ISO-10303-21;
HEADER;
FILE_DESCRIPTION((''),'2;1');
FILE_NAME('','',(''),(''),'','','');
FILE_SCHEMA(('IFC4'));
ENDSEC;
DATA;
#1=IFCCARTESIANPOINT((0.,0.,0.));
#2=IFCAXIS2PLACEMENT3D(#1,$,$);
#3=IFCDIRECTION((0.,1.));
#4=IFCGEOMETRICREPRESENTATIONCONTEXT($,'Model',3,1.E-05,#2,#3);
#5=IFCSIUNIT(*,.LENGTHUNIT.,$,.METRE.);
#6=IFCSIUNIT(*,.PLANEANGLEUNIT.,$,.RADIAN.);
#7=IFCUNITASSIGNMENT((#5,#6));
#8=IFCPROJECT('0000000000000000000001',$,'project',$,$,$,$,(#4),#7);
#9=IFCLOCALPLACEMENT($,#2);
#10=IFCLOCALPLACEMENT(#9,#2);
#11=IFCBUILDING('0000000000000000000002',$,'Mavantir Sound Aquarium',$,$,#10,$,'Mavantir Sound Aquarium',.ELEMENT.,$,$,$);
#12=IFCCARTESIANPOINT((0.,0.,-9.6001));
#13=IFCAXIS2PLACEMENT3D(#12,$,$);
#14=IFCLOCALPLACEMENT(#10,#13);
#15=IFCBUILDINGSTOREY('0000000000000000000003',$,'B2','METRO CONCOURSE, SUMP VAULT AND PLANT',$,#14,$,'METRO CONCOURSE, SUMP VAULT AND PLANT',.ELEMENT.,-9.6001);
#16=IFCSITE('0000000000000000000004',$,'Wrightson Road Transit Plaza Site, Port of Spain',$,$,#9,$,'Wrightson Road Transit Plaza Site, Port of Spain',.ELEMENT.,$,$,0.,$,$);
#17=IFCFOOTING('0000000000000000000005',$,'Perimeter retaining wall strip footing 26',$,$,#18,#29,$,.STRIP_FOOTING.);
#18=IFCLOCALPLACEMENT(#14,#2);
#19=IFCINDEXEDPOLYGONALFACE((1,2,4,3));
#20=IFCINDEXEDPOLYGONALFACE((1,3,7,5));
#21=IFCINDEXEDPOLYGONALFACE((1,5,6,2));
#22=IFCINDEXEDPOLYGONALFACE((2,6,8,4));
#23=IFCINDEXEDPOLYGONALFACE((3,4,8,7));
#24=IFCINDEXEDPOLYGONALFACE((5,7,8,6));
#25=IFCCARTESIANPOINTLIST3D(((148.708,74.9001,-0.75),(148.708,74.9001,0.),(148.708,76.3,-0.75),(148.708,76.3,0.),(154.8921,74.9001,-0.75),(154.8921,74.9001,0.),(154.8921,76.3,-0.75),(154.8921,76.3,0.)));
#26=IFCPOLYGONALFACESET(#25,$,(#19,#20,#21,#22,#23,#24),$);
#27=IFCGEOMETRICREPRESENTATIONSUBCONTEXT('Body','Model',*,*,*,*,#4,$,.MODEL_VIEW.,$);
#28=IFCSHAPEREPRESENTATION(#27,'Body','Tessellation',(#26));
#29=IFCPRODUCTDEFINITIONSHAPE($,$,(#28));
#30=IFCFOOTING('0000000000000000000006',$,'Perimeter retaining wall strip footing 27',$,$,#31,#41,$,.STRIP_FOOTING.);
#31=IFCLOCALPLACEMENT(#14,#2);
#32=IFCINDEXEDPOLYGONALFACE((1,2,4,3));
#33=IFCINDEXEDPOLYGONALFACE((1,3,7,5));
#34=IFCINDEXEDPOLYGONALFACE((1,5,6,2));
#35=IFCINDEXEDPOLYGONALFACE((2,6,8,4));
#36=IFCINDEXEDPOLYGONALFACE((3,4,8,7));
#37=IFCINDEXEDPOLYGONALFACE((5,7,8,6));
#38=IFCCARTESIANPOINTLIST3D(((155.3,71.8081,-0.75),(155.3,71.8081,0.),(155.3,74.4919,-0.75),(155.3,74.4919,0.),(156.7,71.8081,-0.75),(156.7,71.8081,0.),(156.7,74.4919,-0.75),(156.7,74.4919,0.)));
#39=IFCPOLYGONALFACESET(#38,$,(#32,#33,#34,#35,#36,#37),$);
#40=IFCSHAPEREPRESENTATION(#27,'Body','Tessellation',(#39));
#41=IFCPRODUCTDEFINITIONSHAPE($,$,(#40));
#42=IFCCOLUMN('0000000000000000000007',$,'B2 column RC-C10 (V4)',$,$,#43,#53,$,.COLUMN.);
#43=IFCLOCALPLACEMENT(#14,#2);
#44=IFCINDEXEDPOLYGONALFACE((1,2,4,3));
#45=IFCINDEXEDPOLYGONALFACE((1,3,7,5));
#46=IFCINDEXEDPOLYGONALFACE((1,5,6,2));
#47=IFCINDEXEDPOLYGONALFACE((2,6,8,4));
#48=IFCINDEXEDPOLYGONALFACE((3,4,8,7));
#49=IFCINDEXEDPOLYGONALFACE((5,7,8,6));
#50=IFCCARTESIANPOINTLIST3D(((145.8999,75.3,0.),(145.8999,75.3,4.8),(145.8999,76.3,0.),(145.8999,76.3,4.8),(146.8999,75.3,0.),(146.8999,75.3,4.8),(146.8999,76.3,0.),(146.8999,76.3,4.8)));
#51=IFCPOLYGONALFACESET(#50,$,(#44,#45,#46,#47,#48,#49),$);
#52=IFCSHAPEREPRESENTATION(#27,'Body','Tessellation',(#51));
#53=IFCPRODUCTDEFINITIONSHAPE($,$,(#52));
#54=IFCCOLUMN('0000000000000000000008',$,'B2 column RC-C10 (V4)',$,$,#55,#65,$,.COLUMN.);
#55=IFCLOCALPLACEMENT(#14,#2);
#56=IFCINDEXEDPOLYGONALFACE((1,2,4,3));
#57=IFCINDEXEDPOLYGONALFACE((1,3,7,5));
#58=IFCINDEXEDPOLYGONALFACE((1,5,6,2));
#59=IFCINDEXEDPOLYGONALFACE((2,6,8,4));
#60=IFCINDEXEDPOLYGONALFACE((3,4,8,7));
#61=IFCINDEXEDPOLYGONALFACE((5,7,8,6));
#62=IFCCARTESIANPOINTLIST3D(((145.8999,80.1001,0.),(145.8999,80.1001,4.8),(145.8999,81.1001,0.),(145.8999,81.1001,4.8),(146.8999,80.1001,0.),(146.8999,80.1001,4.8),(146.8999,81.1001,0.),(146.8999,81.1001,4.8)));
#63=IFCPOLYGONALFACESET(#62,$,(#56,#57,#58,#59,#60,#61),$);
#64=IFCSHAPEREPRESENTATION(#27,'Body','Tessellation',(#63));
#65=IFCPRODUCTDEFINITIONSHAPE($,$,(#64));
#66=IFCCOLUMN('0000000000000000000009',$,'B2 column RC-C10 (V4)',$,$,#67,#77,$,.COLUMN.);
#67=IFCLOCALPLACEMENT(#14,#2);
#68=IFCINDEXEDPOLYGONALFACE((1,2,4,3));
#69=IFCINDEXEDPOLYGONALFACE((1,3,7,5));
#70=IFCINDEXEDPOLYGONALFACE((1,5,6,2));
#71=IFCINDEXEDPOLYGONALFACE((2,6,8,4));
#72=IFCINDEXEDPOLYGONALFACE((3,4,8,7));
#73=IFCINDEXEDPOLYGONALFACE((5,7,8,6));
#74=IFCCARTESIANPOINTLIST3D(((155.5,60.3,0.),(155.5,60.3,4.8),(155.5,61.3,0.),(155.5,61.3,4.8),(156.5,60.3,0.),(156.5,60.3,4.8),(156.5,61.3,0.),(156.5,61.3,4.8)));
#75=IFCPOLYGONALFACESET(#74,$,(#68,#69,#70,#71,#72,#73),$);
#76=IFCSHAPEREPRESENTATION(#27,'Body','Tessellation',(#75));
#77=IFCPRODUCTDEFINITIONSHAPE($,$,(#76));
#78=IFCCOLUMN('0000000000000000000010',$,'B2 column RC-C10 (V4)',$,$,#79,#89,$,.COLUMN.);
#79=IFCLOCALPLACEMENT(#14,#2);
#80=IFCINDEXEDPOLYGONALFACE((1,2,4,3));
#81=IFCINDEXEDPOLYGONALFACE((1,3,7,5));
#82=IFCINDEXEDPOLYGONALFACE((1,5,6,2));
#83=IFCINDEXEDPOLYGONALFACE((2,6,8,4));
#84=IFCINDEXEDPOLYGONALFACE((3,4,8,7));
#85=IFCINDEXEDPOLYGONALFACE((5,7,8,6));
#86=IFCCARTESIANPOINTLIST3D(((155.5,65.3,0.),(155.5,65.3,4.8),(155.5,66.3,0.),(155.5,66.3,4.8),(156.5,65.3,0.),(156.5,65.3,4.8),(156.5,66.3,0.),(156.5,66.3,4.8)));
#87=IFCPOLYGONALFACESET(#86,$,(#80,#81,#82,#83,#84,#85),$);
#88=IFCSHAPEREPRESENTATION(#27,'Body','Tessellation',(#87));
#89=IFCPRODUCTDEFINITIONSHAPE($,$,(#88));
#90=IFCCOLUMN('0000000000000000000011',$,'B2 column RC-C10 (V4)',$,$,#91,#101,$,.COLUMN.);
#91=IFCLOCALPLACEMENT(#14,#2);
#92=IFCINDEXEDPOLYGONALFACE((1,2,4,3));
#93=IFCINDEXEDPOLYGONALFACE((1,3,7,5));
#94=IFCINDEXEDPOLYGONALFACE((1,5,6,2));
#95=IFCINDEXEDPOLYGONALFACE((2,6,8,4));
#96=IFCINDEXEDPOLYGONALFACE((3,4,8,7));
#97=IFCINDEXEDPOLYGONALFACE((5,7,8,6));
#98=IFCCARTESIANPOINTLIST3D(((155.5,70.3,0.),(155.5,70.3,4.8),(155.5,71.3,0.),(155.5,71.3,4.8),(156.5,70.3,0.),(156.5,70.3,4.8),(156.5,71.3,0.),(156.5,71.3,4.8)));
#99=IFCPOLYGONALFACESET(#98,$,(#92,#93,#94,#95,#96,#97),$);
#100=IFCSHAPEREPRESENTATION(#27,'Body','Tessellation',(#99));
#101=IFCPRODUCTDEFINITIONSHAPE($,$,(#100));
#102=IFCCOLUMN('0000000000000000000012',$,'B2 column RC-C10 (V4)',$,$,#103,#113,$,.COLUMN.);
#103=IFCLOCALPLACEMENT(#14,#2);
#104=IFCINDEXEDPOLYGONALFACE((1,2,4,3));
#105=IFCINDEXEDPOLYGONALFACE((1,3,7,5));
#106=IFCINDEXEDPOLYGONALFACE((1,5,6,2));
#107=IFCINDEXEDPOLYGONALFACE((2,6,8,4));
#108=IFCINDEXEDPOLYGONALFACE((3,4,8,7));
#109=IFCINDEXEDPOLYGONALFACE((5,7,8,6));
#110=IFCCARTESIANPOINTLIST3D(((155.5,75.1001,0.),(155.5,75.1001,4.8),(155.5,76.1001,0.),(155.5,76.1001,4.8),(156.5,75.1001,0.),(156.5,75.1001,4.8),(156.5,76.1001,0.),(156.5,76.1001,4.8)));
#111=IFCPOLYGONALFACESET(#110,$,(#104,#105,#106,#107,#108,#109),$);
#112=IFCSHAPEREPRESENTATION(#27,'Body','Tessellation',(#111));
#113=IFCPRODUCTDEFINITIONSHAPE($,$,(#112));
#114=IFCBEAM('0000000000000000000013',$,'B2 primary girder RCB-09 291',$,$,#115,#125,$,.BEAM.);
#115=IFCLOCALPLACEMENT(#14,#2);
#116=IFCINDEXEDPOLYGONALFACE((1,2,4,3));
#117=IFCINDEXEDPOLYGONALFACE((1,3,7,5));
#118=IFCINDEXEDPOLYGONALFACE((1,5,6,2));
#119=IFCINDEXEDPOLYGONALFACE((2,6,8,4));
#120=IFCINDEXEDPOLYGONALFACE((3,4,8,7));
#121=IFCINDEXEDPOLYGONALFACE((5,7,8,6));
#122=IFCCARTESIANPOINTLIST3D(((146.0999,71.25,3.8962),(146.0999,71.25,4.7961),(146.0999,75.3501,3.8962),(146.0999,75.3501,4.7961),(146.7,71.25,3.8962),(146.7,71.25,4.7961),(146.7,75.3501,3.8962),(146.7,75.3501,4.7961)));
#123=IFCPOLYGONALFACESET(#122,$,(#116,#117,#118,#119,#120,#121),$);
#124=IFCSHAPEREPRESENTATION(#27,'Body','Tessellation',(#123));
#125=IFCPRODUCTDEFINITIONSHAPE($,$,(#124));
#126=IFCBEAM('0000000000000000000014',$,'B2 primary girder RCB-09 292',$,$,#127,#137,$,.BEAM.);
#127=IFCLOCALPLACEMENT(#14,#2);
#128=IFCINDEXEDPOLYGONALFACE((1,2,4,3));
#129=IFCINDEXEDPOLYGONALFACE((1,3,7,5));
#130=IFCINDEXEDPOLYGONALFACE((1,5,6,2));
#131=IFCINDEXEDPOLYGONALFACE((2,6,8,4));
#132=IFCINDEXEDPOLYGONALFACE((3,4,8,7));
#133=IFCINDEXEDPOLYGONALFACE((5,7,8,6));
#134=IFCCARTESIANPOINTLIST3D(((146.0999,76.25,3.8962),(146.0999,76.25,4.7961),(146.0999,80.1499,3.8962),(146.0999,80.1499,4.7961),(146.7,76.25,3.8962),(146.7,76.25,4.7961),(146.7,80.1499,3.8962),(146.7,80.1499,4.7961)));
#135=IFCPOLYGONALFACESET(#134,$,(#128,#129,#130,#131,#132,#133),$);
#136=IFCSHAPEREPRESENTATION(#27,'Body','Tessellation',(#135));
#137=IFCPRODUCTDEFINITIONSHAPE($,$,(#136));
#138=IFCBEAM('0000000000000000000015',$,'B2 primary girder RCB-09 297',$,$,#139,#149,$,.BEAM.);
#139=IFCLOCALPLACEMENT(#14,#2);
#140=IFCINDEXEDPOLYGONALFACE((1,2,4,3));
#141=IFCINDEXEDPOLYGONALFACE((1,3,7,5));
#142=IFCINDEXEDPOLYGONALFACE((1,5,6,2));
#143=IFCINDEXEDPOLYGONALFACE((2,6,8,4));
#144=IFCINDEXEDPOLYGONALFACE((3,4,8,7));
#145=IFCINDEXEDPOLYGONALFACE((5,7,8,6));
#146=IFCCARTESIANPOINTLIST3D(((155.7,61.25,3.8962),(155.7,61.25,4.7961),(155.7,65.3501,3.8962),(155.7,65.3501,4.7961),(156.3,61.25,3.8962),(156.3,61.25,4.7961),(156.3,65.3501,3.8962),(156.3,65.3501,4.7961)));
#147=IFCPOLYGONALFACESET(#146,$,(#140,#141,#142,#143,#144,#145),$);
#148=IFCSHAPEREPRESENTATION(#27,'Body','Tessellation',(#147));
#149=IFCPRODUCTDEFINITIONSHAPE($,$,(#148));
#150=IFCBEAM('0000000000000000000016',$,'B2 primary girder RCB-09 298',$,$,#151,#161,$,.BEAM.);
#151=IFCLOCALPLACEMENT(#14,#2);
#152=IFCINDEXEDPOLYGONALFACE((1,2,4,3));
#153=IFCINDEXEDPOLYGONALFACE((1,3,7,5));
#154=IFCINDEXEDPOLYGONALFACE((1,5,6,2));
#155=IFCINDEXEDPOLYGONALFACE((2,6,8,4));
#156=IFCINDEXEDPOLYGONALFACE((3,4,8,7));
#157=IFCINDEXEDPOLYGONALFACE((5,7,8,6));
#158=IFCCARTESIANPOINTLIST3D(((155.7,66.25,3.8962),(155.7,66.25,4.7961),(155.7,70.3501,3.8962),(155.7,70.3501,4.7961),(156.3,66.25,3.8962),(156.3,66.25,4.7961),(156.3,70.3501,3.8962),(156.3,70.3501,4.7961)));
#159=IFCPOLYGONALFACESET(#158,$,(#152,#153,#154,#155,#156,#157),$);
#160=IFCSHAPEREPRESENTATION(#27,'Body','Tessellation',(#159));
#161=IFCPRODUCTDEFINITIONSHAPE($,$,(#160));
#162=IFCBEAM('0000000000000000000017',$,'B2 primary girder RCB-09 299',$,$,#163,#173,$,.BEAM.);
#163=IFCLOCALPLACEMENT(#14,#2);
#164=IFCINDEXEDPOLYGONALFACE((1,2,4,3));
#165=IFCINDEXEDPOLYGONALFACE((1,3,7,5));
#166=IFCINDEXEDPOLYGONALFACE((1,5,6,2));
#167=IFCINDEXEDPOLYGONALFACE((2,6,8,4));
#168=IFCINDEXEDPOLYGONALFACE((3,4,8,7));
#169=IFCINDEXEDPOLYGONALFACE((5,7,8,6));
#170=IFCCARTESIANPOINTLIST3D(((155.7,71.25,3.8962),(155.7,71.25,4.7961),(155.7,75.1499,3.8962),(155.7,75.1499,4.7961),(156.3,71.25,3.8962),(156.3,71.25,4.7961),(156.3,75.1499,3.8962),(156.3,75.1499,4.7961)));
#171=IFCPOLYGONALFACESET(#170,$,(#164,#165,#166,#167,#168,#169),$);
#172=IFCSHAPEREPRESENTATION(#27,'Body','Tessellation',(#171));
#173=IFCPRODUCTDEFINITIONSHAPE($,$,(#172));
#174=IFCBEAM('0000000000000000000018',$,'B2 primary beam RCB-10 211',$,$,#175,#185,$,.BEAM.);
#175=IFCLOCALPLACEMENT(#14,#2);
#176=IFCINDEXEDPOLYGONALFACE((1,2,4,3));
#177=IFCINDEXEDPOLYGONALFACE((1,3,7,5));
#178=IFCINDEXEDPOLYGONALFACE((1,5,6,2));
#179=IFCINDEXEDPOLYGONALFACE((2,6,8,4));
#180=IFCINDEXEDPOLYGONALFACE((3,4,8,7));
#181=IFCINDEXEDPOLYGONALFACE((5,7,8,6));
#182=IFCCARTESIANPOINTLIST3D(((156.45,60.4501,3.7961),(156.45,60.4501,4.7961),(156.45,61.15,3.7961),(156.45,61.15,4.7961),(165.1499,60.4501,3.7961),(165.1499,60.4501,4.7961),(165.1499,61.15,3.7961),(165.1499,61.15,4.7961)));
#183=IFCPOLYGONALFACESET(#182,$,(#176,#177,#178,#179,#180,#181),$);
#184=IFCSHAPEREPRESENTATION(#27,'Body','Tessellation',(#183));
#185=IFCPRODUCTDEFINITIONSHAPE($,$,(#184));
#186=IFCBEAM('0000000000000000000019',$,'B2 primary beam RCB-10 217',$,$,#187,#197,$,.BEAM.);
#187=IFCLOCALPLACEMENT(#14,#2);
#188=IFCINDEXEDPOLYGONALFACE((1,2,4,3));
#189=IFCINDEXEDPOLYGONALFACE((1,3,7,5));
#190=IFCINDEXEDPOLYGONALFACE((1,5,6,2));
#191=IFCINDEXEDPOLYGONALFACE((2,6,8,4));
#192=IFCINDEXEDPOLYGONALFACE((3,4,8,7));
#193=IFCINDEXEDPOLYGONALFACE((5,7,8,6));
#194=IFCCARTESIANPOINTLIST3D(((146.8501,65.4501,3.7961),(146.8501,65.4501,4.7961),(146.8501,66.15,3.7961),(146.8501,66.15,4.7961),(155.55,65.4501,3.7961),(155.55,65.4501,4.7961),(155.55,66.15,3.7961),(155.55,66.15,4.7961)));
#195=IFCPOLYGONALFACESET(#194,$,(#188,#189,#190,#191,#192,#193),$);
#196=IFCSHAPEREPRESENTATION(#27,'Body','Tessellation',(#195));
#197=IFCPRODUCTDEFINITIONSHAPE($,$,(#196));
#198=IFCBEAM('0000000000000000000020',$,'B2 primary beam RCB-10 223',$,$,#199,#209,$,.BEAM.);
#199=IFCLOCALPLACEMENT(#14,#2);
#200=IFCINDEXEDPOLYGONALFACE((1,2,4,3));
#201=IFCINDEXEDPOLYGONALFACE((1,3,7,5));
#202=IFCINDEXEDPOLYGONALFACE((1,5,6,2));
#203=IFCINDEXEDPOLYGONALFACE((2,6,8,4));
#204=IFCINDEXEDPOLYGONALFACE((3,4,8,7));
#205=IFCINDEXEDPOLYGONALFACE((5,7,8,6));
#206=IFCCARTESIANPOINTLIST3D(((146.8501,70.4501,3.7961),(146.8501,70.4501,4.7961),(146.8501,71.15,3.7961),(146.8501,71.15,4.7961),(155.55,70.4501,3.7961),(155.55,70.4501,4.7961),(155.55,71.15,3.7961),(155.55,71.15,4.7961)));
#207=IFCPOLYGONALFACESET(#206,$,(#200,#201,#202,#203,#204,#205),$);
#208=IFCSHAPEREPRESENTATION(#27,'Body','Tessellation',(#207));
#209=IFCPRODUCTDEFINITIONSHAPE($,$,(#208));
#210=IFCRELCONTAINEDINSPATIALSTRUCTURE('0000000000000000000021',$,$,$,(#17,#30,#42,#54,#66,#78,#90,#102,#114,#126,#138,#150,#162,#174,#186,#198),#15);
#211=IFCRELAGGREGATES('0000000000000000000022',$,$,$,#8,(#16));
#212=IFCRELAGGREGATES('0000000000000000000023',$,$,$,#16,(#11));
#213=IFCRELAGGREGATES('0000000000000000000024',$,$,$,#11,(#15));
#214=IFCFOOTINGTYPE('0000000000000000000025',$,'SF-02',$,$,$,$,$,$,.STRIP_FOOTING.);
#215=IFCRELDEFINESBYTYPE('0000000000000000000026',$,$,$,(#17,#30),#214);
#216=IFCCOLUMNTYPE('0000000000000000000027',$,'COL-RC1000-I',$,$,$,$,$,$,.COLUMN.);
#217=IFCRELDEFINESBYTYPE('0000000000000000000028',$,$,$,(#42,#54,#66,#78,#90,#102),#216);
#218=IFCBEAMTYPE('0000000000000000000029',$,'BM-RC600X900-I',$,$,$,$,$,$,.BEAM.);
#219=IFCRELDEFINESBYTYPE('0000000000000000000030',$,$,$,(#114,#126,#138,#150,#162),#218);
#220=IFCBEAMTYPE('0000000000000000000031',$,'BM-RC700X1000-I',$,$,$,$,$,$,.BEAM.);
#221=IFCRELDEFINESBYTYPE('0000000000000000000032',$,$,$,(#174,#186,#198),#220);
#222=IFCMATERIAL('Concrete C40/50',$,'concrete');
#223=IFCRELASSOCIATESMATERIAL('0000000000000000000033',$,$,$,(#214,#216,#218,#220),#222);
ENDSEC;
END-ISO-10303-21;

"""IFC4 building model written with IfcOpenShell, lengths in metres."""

from ifc_helpers import new_model, si_unit, direction, frame, origin, origin_2d, place, context, subcontext, project, spatial, rectangle, extrude, material, material_profile, profile_set, type_object, element, save


model = new_model("IFC4")

# Units and contexts
model_context = context("Model", 3, precision=1e-05, world=origin(), true_north=direction((0.0, 1.0)))
body_context = subcontext(model_context, "Body", "Model", "MODEL_VIEW")
ifc_project = project(units=[si_unit("LENGTHUNIT", "METRE"), si_unit("PLANEANGLEUNIT", "RADIAN")], contexts=[model_context])

# Site, building, storey
site_placement = place(None, origin())
site = spatial("IfcSite", under=ifc_project, at=site_placement, Name="Wrightson Road Transit Plaza Site, Port of Spain", LongName="Wrightson Road Transit Plaza Site, Port of Spain", CompositionType="ELEMENT", RefElevation=0.0)
building_placement = place(site_placement, origin())
building = spatial("IfcBuilding", under=site, at=building_placement, Name="Mavantir Sound Aquarium", LongName="Mavantir Sound Aquarium", CompositionType="ELEMENT")
storey_placement = place(building_placement, frame((0.0, 0.0, -9.6001)))
storey = spatial("IfcBuildingStorey", under=building, at=storey_placement, Name="B2", Description="METRO CONCOURSE, SUMP VAULT AND PLANT", LongName="METRO CONCOURSE, SUMP VAULT AND PLANT", CompositionType="ELEMENT", Elevation=-9.6001)

# Shared definitions
ifc_material_1 = material(Name="Concrete C40/50", Category="concrete")

# Footings
ifc_material_profile_1 = material_profile(ifc_material_1, rectangle(XDim=1.3999, YDim=0.75, at=origin_2d()), Name="RC 1400X750")
ifc_profile_set_1 = profile_set([ifc_material_profile_1], Name="Concrete C40/50")
footing_type_1 = type_object("IfcFootingType", Name="SF-02", PredefinedType="STRIP_FOOTING", material=ifc_profile_set_1)
footing_1_placement = place(storey_placement, frame((148.708, 75.6001, -0.375), z_axis=(1.0, 0.0, 0.0), x_axis=(0.0, 1.0, 0.0)))
element("IfcFooting", 1, at=footing_1_placement, inside=storey, type_object=footing_type_1, Name="Perimeter retaining wall strip footing 26", PredefinedType="STRIP_FOOTING", context=body_context, shape_type="SweptSolid", body=[
    extrude(rectangle(XDim=1.3999, YDim=0.75, at=origin_2d()), origin(), (0.0, 0.0, 1.0), 6.1841),
])
footing_2_placement = place(storey_placement, frame((156.0, 74.4919, -0.375), z_axis=(0.0, -1.0, 0.0), x_axis=(1.0, 0.0, 0.0)))
element("IfcFooting", 2, at=footing_2_placement, inside=storey, type_object=footing_type_1, Name="Perimeter retaining wall strip footing 27", PredefinedType="STRIP_FOOTING", context=body_context, shape_type="SweptSolid", body=[
    extrude(rectangle(XDim=1.3999, YDim=0.75, at=origin_2d()), origin(), (0.0, 0.0, 1.0), 2.6838),
])

# Columns
ifc_material_profile_2 = material_profile(ifc_material_1, rectangle(XDim=1.0, YDim=1.0, at=origin_2d()), Name="RC 1000X1000")
ifc_profile_set_2 = profile_set([ifc_material_profile_2], Name="Concrete C40/50")
column_type = type_object("IfcColumnType", Name="COL-RC1000-I", PredefinedType="COLUMN", material=ifc_profile_set_2)
for number, where, z_axis, x_axis, name in (
    (3, (146.3999, 75.8, 0.0), (0.0, 0.0, 1.0), (1.0, 0.0, 0.0), "B2 column RC-C10 (V4)"),
    (4, (146.3999, 80.6001, 0.0), (0.0, 0.0, 1.0), (1.0, 0.0, 0.0), "B2 column RC-C10 (V4)"),
    (5, (156.0, 60.8, 0.0), (0.0, 0.0, 1.0), (1.0, 0.0, 0.0), "B2 column RC-C10 (V4)"),
    (6, (156.0, 65.8, 0.0), (0.0, 0.0, 1.0), (1.0, 0.0, 0.0), "B2 column RC-C10 (V4)"),
    (7, (156.0, 70.8, 0.0), (0.0, 0.0, 1.0), (1.0, 0.0, 0.0), "B2 column RC-C10 (V4)"),
    (8, (156.0, 75.6001, 0.0), (0.0, 0.0, 1.0), (1.0, 0.0, 0.0), "B2 column RC-C10 (V4)"),
):
    element("IfcColumn", number, at=place(storey_placement, frame(where, z_axis=z_axis, x_axis=x_axis)), inside=storey, type_object=column_type, Name=name, PredefinedType="COLUMN", context=body_context, shape_type="SweptSolid", body=[
        extrude(rectangle(XDim=1.0, YDim=1.0, at=origin_2d()), origin(), (0.0, 0.0, 1.0), 4.8),
    ])

# Beams
ifc_material_profile_3 = material_profile(ifc_material_1, rectangle(XDim=0.6001, YDim=0.8999, at=origin_2d()), Name="RC 600X900")
ifc_profile_set_3 = profile_set([ifc_material_profile_3], Name="Concrete C40/50")
beam_type_1 = type_object("IfcBeamType", Name="BM-RC600X900-I", PredefinedType="BEAM", material=ifc_profile_set_3)
beam_1_placement = place(storey_placement, frame((146.3999, 71.25, 4.3462), z_axis=(0.0, 1.0, 0.0), x_axis=(-1.0, 0.0, 0.0)))
element("IfcBeam", 9, at=beam_1_placement, inside=storey, type_object=beam_type_1, Name="B2 primary girder RCB-09 291", PredefinedType="BEAM", context=body_context, shape_type="SweptSolid", body=[
    extrude(rectangle(XDim=0.6001, YDim=0.8999, at=origin_2d()), origin(), (0.0, 0.0, 1.0), 4.1001),
])
beam_2_placement = place(storey_placement, frame((146.3999, 76.25, 4.3462), z_axis=(0.0, 1.0, 0.0), x_axis=(-1.0, 0.0, 0.0)))
element("IfcBeam", 10, at=beam_2_placement, inside=storey, type_object=beam_type_1, Name="B2 primary girder RCB-09 292", PredefinedType="BEAM", context=body_context, shape_type="SweptSolid", body=[
    extrude(rectangle(XDim=0.6001, YDim=0.8999, at=origin_2d()), origin(), (0.0, 0.0, 1.0), 3.8999),
])
for number, where, z_axis, x_axis, name in (
    (11, (156.0, 61.25, 4.3462), (0.0, 1.0, 0.0), (-1.0, 0.0, 0.0), "B2 primary girder RCB-09 297"),
    (12, (156.0, 66.25, 4.3462), (0.0, 1.0, 0.0), (-1.0, 0.0, 0.0), "B2 primary girder RCB-09 298"),
):
    element("IfcBeam", number, at=place(storey_placement, frame(where, z_axis=z_axis, x_axis=x_axis)), inside=storey, type_object=beam_type_1, Name=name, PredefinedType="BEAM", context=body_context, shape_type="SweptSolid", body=[
        extrude(rectangle(XDim=0.6001, YDim=0.8999, at=origin_2d()), origin(), (0.0, 0.0, 1.0), 4.1001),
    ])
beam_3_placement = place(storey_placement, frame((156.0, 71.25, 4.3462), z_axis=(0.0, 1.0, 0.0), x_axis=(-1.0, 0.0, 0.0)))
element("IfcBeam", 13, at=beam_3_placement, inside=storey, type_object=beam_type_1, Name="B2 primary girder RCB-09 299", PredefinedType="BEAM", context=body_context, shape_type="SweptSolid", body=[
    extrude(rectangle(XDim=0.6001, YDim=0.8999, at=origin_2d()), origin(), (0.0, 0.0, 1.0), 3.8999),
])
ifc_material_profile_4 = material_profile(ifc_material_1, rectangle(XDim=0.7, YDim=1.0, at=origin_2d()), Name="RC 700X1000")
ifc_profile_set_4 = profile_set([ifc_material_profile_4], Name="Concrete C40/50")
beam_type_2 = type_object("IfcBeamType", Name="BM-RC700X1000-I", PredefinedType="BEAM", material=ifc_profile_set_4)
for number, where, z_axis, x_axis, name in (
    (14, (156.45, 60.8, 4.2961), (1.0, 0.0, 0.0), (0.0, 1.0, 0.0), "B2 primary beam RCB-10 211"),
    (15, (146.8501, 65.8, 4.2961), (1.0, 0.0, 0.0), (0.0, 1.0, 0.0), "B2 primary beam RCB-10 217"),
    (16, (146.8501, 70.8, 4.2961), (1.0, 0.0, 0.0), (0.0, 1.0, 0.0), "B2 primary beam RCB-10 223"),
):
    element("IfcBeam", number, at=place(storey_placement, frame(where, z_axis=z_axis, x_axis=x_axis)), inside=storey, type_object=beam_type_2, Name=name, PredefinedType="BEAM", context=body_context, shape_type="SweptSolid", body=[
        extrude(rectangle(XDim=0.7, YDim=1.0, at=origin_2d()), origin(), (0.0, 0.0, 1.0), 8.7),
    ])

save(model, "model.ifc")
